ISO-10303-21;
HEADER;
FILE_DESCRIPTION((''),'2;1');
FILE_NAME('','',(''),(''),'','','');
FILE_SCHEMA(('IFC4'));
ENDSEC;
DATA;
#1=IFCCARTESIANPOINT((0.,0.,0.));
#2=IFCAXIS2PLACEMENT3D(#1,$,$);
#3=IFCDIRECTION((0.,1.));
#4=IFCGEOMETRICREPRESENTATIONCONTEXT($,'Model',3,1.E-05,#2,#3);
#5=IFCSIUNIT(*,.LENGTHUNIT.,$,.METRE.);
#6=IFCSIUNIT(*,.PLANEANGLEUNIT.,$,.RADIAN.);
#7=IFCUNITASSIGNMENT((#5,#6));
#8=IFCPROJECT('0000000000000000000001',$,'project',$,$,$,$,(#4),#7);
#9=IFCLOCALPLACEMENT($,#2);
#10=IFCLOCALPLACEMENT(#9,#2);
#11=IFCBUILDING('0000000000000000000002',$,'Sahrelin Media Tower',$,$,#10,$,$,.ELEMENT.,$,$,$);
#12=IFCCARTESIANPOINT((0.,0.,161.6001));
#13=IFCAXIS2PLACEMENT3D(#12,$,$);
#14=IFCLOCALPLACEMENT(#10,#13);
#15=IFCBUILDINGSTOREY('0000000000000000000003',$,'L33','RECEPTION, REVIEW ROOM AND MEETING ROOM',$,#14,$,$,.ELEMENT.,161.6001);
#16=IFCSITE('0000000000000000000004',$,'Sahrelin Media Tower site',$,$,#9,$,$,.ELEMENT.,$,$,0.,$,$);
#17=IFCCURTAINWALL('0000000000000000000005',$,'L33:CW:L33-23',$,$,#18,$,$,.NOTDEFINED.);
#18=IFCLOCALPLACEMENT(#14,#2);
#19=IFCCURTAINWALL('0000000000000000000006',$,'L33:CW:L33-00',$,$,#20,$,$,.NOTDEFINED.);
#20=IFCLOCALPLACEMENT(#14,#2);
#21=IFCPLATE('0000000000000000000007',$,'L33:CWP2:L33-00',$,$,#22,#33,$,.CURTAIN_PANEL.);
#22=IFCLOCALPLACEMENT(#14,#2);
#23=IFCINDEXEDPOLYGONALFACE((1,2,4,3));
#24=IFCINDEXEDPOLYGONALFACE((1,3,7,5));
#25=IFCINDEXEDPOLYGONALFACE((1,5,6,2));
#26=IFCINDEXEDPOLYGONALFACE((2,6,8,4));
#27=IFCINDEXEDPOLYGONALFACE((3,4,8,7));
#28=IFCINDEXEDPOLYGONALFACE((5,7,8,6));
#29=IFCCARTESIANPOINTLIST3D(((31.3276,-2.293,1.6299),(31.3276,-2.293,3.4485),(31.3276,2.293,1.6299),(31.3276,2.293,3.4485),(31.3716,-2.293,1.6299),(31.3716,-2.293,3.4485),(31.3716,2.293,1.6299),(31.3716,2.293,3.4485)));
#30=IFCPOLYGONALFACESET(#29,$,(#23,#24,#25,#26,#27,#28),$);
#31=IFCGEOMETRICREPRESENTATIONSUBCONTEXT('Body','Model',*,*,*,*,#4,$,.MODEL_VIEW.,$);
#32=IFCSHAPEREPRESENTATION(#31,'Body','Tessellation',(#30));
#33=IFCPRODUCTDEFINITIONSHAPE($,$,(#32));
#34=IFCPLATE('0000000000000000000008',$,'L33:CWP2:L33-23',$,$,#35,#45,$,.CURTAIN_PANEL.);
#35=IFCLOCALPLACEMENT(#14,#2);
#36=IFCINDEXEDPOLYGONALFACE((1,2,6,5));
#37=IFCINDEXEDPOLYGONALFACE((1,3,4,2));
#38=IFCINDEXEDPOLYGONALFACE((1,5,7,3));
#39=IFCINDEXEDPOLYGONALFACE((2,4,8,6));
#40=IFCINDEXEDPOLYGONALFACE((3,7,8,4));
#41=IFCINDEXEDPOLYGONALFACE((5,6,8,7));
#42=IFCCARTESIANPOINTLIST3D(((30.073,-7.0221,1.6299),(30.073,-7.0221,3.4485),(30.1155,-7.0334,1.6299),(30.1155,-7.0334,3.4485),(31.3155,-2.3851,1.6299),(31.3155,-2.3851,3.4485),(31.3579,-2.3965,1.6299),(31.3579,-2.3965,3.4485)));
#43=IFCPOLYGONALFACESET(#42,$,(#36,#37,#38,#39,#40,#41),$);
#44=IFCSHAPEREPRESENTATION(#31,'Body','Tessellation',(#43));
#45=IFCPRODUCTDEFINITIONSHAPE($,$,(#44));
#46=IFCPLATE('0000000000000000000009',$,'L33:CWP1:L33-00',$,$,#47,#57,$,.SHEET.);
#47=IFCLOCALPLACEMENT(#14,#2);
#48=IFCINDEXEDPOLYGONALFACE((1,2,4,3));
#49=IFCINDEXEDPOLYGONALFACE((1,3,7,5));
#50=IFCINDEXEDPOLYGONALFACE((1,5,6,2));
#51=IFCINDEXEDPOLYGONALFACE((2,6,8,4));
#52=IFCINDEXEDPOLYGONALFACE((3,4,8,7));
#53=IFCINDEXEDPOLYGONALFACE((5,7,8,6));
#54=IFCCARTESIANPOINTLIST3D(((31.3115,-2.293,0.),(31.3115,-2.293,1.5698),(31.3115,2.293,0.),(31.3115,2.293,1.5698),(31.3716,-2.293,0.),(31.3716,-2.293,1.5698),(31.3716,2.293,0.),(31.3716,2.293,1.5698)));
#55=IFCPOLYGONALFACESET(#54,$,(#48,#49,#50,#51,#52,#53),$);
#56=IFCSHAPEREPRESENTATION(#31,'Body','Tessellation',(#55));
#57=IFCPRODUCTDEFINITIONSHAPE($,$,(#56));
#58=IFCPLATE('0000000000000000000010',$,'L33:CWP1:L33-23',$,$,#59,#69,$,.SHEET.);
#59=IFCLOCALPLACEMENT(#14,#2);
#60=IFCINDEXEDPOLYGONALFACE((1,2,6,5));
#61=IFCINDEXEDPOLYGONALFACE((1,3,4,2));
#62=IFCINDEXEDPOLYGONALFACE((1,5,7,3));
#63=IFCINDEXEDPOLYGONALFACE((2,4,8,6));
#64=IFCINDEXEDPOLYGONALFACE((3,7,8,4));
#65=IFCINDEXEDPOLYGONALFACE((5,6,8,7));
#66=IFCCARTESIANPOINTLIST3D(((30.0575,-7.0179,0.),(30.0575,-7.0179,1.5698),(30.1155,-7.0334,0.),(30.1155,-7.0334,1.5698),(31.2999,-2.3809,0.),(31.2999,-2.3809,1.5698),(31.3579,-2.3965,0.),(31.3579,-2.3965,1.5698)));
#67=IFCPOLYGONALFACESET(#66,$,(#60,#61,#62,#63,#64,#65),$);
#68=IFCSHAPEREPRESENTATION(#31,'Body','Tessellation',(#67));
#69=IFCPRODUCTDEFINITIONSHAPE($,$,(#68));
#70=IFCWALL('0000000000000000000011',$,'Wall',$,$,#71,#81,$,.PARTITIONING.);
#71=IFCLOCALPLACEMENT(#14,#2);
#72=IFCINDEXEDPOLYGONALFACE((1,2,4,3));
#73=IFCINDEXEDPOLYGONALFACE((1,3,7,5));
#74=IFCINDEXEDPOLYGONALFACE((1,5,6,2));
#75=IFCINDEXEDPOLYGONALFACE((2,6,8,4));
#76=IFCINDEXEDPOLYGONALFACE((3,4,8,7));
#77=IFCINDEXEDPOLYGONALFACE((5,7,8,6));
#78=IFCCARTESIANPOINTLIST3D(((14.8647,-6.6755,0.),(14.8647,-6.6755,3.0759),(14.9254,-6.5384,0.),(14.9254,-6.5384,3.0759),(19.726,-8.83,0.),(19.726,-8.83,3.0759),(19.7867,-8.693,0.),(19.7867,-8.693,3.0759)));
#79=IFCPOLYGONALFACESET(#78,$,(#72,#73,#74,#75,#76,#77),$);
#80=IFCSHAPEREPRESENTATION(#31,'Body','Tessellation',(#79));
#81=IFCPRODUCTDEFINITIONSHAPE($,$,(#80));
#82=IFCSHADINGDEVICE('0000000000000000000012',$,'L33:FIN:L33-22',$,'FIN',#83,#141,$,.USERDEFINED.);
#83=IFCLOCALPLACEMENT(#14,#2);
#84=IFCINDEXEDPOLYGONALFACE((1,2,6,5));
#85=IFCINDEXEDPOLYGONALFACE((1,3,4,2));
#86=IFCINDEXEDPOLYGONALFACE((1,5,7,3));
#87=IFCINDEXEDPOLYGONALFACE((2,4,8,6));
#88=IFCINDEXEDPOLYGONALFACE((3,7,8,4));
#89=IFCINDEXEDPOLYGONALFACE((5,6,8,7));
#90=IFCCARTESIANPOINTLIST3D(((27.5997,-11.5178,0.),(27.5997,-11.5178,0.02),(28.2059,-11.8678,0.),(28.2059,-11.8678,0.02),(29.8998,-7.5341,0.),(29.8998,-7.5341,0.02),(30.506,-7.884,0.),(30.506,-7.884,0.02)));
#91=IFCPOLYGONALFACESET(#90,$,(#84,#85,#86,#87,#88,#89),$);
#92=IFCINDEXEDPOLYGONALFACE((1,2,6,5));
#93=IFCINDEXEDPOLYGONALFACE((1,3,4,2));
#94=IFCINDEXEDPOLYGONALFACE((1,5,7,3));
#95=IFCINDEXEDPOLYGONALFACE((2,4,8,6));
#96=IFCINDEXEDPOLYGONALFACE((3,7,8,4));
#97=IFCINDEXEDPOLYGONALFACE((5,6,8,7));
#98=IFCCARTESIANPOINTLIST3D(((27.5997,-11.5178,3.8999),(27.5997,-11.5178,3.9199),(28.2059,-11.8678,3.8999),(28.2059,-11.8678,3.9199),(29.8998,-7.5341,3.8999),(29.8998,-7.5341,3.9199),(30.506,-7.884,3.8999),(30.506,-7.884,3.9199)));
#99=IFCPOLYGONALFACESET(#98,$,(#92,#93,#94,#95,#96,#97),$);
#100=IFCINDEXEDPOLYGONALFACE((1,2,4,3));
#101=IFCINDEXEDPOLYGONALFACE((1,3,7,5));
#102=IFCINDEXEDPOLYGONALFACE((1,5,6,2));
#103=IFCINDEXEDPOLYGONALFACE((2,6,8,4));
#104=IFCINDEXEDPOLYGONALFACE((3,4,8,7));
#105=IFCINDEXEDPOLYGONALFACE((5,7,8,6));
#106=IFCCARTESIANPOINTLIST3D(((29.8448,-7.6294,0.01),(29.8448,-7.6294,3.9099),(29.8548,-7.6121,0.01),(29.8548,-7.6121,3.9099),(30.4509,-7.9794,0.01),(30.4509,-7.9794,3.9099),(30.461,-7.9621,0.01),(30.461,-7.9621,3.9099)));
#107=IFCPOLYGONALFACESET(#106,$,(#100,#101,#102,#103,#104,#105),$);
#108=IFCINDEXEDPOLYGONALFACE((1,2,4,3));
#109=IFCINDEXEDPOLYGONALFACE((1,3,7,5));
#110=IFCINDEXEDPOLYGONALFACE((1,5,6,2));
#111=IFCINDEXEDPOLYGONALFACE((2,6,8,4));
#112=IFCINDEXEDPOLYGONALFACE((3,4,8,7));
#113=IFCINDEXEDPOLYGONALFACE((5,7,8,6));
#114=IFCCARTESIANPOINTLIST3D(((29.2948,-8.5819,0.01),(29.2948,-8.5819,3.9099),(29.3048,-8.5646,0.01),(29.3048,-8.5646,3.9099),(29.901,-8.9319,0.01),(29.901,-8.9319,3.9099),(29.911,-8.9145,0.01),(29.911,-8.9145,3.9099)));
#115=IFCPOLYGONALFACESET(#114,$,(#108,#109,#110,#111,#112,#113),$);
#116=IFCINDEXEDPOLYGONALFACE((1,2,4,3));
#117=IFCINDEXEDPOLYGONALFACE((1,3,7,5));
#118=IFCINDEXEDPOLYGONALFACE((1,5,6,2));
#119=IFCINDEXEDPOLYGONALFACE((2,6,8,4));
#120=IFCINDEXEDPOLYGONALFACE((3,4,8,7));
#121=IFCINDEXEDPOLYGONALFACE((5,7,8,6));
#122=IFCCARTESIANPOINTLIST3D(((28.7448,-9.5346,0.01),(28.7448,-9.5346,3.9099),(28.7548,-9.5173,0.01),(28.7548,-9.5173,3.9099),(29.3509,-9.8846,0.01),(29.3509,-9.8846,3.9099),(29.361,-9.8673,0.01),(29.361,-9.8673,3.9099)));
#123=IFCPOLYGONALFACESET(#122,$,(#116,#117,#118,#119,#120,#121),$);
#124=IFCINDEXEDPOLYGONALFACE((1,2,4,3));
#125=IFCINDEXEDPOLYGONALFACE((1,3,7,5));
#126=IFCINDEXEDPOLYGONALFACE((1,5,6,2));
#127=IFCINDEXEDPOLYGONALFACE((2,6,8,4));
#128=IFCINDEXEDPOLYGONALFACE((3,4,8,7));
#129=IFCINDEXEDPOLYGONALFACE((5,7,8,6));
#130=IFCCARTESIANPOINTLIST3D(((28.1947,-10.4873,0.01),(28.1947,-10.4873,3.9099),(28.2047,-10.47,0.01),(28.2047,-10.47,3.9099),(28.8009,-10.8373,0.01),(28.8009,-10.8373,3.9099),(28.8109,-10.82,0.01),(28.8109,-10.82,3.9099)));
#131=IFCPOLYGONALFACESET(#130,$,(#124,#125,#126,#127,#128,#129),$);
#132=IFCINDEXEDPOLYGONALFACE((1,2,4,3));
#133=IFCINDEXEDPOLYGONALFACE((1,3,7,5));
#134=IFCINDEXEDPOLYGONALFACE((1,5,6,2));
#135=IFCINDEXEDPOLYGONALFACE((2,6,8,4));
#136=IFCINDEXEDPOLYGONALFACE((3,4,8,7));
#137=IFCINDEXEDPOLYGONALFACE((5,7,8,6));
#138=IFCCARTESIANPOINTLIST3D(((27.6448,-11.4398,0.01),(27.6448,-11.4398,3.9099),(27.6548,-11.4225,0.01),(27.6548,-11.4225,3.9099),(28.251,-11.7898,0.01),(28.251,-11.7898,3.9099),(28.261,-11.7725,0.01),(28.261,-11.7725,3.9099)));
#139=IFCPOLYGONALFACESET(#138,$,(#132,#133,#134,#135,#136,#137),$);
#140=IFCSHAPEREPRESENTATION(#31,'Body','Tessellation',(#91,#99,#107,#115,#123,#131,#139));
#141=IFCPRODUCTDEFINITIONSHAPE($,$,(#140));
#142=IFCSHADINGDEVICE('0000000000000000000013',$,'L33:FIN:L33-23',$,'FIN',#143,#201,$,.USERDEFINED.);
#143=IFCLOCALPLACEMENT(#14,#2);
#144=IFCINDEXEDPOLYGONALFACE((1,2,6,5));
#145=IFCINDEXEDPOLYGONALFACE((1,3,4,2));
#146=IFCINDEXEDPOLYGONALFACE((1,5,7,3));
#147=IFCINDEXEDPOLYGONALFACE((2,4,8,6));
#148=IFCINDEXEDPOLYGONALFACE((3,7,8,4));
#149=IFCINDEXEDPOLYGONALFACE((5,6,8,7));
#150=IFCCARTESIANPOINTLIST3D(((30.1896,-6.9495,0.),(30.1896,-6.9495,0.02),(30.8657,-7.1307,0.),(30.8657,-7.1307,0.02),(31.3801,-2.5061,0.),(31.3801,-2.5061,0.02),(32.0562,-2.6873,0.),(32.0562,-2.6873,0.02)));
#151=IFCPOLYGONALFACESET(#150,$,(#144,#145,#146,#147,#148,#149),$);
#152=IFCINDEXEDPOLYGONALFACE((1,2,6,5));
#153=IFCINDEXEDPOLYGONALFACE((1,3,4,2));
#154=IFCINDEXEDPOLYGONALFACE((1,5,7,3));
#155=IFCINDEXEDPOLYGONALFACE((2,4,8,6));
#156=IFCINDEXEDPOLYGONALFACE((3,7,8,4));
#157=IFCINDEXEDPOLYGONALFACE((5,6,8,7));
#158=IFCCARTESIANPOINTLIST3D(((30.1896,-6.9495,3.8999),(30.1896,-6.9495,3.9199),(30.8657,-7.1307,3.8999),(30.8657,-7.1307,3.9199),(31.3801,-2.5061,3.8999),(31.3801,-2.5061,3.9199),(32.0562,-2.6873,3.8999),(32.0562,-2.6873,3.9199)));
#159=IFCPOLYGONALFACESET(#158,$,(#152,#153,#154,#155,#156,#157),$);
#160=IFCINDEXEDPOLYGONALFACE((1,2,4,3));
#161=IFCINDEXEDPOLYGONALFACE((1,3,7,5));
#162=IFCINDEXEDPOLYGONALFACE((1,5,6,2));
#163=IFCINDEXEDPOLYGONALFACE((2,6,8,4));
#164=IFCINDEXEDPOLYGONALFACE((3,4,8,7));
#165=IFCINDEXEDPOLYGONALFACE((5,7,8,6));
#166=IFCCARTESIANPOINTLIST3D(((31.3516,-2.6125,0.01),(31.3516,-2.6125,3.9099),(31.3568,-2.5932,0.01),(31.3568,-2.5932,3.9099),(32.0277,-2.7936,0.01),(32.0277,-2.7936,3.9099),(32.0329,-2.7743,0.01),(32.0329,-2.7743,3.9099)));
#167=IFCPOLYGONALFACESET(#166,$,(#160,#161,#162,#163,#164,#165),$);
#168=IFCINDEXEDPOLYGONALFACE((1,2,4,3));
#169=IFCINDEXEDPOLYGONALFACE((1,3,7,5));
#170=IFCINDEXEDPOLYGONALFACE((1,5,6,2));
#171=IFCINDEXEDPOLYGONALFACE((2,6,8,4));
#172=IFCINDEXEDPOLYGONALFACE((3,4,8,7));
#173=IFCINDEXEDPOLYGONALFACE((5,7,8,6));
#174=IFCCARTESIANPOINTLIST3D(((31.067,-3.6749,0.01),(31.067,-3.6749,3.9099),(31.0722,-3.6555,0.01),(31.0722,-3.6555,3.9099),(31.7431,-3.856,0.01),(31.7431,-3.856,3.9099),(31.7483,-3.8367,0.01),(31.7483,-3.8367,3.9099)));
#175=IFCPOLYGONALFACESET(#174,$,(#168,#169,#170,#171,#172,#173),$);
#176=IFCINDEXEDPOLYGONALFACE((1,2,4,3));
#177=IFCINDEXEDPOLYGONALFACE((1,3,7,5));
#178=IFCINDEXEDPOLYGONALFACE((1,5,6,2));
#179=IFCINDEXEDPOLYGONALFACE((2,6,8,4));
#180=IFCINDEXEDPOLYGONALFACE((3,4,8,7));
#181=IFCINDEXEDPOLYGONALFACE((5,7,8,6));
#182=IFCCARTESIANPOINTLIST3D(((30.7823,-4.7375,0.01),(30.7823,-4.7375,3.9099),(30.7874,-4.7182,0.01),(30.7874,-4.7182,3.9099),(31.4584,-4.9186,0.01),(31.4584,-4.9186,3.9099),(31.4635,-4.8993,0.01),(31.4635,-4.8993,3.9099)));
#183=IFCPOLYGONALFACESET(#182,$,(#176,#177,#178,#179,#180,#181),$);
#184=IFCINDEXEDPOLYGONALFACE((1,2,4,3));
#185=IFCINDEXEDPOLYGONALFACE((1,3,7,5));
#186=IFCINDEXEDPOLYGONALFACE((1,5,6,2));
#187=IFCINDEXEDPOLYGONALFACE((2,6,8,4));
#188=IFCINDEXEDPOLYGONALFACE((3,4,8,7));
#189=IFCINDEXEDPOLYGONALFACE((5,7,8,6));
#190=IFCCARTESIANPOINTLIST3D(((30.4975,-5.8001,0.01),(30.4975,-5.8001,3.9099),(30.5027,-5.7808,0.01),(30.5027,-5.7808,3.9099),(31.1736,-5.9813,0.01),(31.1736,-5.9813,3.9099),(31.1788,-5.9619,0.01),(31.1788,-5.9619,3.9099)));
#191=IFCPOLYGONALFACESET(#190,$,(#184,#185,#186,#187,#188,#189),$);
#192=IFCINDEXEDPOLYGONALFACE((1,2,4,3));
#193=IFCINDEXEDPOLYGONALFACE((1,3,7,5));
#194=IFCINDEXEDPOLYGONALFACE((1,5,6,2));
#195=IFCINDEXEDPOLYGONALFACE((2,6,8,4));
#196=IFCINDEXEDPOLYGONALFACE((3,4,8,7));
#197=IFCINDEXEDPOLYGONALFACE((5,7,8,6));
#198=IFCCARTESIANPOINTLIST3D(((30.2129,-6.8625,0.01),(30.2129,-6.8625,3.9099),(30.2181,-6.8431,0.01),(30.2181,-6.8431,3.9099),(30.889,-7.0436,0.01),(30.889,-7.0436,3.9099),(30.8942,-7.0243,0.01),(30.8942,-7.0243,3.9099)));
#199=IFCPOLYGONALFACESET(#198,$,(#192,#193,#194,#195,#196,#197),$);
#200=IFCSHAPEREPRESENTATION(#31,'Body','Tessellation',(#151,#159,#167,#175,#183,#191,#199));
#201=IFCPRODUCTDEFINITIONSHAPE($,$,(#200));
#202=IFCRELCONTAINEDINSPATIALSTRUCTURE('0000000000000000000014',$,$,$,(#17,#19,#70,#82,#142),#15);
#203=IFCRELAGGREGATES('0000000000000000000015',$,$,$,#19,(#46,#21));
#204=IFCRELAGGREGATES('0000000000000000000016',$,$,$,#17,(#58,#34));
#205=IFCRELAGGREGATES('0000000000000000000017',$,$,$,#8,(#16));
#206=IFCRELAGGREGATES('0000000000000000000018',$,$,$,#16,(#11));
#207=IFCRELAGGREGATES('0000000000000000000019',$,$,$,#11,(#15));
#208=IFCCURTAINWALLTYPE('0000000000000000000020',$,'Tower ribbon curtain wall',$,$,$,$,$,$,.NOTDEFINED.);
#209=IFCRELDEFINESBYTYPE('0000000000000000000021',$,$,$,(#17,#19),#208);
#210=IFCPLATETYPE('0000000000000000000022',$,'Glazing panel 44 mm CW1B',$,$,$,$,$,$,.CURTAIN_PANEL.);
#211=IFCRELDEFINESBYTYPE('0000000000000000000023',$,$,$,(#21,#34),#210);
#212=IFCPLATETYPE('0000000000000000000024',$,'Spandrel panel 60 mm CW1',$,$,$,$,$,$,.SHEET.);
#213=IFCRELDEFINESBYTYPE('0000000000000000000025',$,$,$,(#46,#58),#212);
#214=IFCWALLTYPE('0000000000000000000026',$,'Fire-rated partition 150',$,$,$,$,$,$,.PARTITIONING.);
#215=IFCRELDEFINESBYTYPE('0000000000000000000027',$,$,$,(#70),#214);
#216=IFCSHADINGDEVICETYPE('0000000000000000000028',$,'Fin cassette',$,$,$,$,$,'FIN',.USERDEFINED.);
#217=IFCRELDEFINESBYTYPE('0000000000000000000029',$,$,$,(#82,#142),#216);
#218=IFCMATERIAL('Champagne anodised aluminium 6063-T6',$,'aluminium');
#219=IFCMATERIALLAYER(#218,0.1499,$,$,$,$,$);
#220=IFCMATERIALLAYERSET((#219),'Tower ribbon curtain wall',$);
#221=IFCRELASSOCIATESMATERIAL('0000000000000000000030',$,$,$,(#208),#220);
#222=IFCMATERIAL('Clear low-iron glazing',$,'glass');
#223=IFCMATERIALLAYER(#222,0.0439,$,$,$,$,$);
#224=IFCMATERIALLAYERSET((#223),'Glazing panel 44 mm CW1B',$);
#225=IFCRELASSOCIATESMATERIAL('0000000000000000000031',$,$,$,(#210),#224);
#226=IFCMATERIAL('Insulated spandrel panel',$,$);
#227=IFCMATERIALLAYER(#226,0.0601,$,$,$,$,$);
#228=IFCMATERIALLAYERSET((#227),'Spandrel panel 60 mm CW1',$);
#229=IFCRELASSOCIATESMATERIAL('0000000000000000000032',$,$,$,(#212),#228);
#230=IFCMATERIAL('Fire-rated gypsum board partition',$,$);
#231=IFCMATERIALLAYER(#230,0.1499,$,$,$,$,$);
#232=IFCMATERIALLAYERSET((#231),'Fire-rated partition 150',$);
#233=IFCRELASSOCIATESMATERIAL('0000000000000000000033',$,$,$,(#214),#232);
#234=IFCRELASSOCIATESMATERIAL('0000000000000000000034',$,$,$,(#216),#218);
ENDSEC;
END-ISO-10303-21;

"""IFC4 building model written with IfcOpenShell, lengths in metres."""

from ifc_helpers import new_model, si_unit, direction, frame, frame_2d, origin, origin_2d, place, context, subcontext, project, spatial, polyline, rectangle, outline, extrude, material, layer, layer_set, type_object, element, aggregate, save


model = new_model("IFC4")

# Units and contexts
model_context = context("Model", 3, precision=1e-05, world=origin(), true_north=direction((0.0, 1.0)))
body_context = subcontext(model_context, "Body", "Model", "MODEL_VIEW")
ifc_project = project(units=[si_unit("LENGTHUNIT", "METRE"), si_unit("PLANEANGLEUNIT", "RADIAN")], contexts=[model_context])

# Site, building, storey
site_placement = place(None, origin())
site = spatial("IfcSite", under=ifc_project, at=site_placement, Name="Sahrelin Media Tower site", CompositionType="ELEMENT", RefElevation=0.0)
building_placement = place(site_placement, origin())
building = spatial("IfcBuilding", under=site, at=building_placement, Name="Sahrelin Media Tower", CompositionType="ELEMENT")
storey_placement = place(building_placement, frame((0.0, 0.0, 161.6001)))
storey = spatial("IfcBuildingStorey", under=building, at=storey_placement, Name="L33", Description="RECEPTION, REVIEW ROOM AND MEETING ROOM", CompositionType="ELEMENT", Elevation=161.6001)

# Curtain wall
ifc_material_1 = material(Name="Champagne anodised aluminium 6063-T6", Category="aluminium")
ifc_layer_1 = layer(ifc_material_1, 0.1499)
ifc_layer_set_1 = layer_set([ifc_layer_1], Name="Tower ribbon curtain wall")
curtain_wall_type = type_object("IfcCurtainWallType", Name="Tower ribbon curtain wall", PredefinedType="NOTDEFINED", material=ifc_layer_set_1)
curtain_wall_1_placement = place(storey_placement, frame((30.7173, -4.7097, 0.0), z_axis=(0.0, 0.0, 1.0), x_axis=(1.0, 0.0, 0.0)))
curtain_wall_1 = element("IfcCurtainWall", 1, at=curtain_wall_1_placement, inside=storey, type_object=curtain_wall_type, Name="L33:CW:L33-23", PredefinedType="NOTDEFINED")

# Curtain wall
curtain_wall_2_placement = place(storey_placement, frame((31.3516, 0.0, 0.0), z_axis=(0.0, 0.0, 1.0), x_axis=(1.0, 0.0, 0.0)))
curtain_wall_2 = element("IfcCurtainWall", 2, at=curtain_wall_2_placement, inside=storey, type_object=curtain_wall_type, Name="L33:CW:L33-00", PredefinedType="NOTDEFINED")

# Plates
ifc_material_2 = material(Name="Clear low-iron glazing", Category="glass")
ifc_layer_2 = layer(ifc_material_2, 0.0439)
ifc_layer_set_2 = layer_set([ifc_layer_2], Name="Glazing panel 44 mm CW1B")
plate_type_1 = type_object("IfcPlateType", Name="Glazing panel 44 mm CW1B", PredefinedType="CURTAIN_PANEL", material=ifc_layer_set_2)
plate_1_placement = place(storey_placement, frame((31.3716, -2.293, 1.6299), z_axis=(1.0, 0.0, 0.0), x_axis=(0.0, 1.0, 0.0)))
plate_1 = element("IfcPlate", 3, at=plate_1_placement, type_object=plate_type_1, Name="L33:CWP2:L33-00", PredefinedType="CURTAIN_PANEL", context=body_context, shape_type="SweptSolid", body=[
    extrude(outline(polyline([(0.0, 0.0), (4.5859, 0.0), (4.5859, 1.8186), (0.0, 1.8186), (0.0, 0.0)])), origin(), (0.0, 0.0, -1.0), 0.0439),
])
plate_2_placement = place(storey_placement, frame((30.1155, -7.0334, 1.6299), z_axis=(0.965928, -0.258811, 0.0), x_axis=(0.258811, 0.965928, 0.0)))
plate_2 = element("IfcPlate", 4, at=plate_2_placement, type_object=plate_type_1, Name="L33:CWP2:L33-23", PredefinedType="CURTAIN_PANEL", context=body_context, shape_type="SweptSolid", body=[
    extrude(outline(polyline([(0.0, 0.0), (4.8005, 0.0), (4.8005, 1.8186), (0.0, 1.8186), (0.0, 0.0)])), origin(), (0.0, 0.0, -1.0), 0.0439),
])
ifc_material_3 = material(Name="Insulated spandrel panel")
ifc_layer_3 = layer(ifc_material_3, 0.0601)
ifc_layer_set_3 = layer_set([ifc_layer_3], Name="Spandrel panel 60 mm CW1")
plate_type_2 = type_object("IfcPlateType", Name="Spandrel panel 60 mm CW1", PredefinedType="SHEET", material=ifc_layer_set_3)
plate_3_placement = place(storey_placement, frame((31.3716, -2.293, 0.0), z_axis=(1.0, 0.0, 0.0), x_axis=(0.0, 1.0, 0.0)))
plate_3 = element("IfcPlate", 5, at=plate_3_placement, type_object=plate_type_2, Name="L33:CWP1:L33-00", PredefinedType="SHEET", context=body_context, shape_type="SweptSolid", body=[
    extrude(outline(polyline([(0.0, 0.0), (4.5859, 0.0), (4.5859, 1.5698), (0.0, 1.5698), (0.0, 0.0)])), origin(), (0.0, 0.0, -1.0), 0.0601),
])
aggregate(curtain_wall_2, [plate_3, plate_1])
plate_4_placement = place(storey_placement, frame((30.1155, -7.0334, 0.0), z_axis=(0.965928, -0.258811, 0.0), x_axis=(0.258811, 0.965928, 0.0)))
plate_4 = element("IfcPlate", 6, at=plate_4_placement, type_object=plate_type_2, Name="L33:CWP1:L33-23", PredefinedType="SHEET", context=body_context, shape_type="SweptSolid", body=[
    extrude(outline(polyline([(0.0, 0.0), (4.8005, 0.0), (4.8005, 1.5698), (0.0, 1.5698), (0.0, 0.0)])), origin(), (0.0, 0.0, -1.0), 0.0601),
])
aggregate(curtain_wall_1, [plate_4, plate_2])

# Wall
ifc_material_4 = material(Name="Fire-rated gypsum board partition")
ifc_layer_4 = layer(ifc_material_4, 0.1499)
ifc_layer_set_4 = layer_set([ifc_layer_4], Name="Fire-rated partition 150")
wall_type = type_object("IfcWallType", Name="Fire-rated partition 150", PredefinedType="PARTITIONING", material=ifc_layer_set_4)
wall_placement = place(storey_placement, frame((14.895, -6.6069, 0.0), z_axis=(0.0, 0.0, 1.0), x_axis=(0.914233, -0.405188, 0.0)))
element("IfcWall", 7, at=wall_placement, inside=storey, type_object=wall_type, Name="Wall", PredefinedType="PARTITIONING", context=body_context, shape_type="SweptSolid", body=[
    extrude(rectangle(XDim=5.3174, YDim=0.1499, at=frame_2d((2.6587, 0.0))), origin(), (0.0, 0.0, 1.0), 3.0759),
])

# Shading devices
shading_device_type_1 = type_object("IfcShadingDeviceType", Name="Fin cassette", ElementType="FIN", PredefinedType="USERDEFINED", material=ifc_material_1)
placement_1 = place(storey_placement, frame((28.6892, -9.491, 0.0), z_axis=(0.0, 0.0, 1.0), x_axis=(-0.500011, -0.866019, 0.0)))
element("IfcShadingDevice", 8, at=placement_1, inside=storey, type_object=shading_device_type_1, Name="L33:FIN:L33-22", ObjectType="FIN", PredefinedType="USERDEFINED", context=body_context, shape_type="SweptSolid", body=[
    extrude(rectangle(XDim=4.6001, YDim=0.7, at=origin_2d()), frame((0.0, 0.4199, 0.0)), (0.0, 0.0, 1.0), 0.02),
    extrude(rectangle(XDim=4.6001, YDim=0.7, at=origin_2d()), frame((0.0, 0.4199, 3.8999)), (0.0, 0.0, 1.0), 0.02),
    extrude(rectangle(XDim=0.02, YDim=0.7, at=origin_2d()), frame((-2.2, 0.4199, 0.01), z_axis=(0.0, 0.0, 1.0), x_axis=(1.0, 0.0, 0.0)), (0.0, 0.0, 1.0), 3.8999),
    extrude(rectangle(XDim=0.02, YDim=0.7, at=origin_2d()), frame((-1.1001, 0.4199, 0.01), z_axis=(0.0, 0.0, 1.0), x_axis=(1.0, 0.0, 0.0)), (0.0, 0.0, 1.0), 3.8999),
    extrude(rectangle(XDim=0.02, YDim=0.7, at=origin_2d()), frame((0.0, 0.4199, 0.01), z_axis=(0.0, 0.0, 1.0), x_axis=(1.0, 0.0, 0.0)), (0.0, 0.0, 1.0), 3.8999),
    extrude(rectangle(XDim=0.02, YDim=0.7, at=origin_2d()), frame((1.1001, 0.4199, 0.01), z_axis=(0.0, 0.0, 1.0), x_axis=(1.0, 0.0, 0.0)), (0.0, 0.0, 1.0), 3.8999),
    extrude(rectangle(XDim=0.02, YDim=0.7, at=origin_2d()), frame((2.2, 0.4199, 0.01), z_axis=(0.0, 0.0, 1.0), x_axis=(1.0, 0.0, 0.0)), (0.0, 0.0, 1.0), 3.8999),
])
placement_2 = place(storey_placement, frame((30.7173, -4.7097, 0.0), z_axis=(0.0, 0.0, 1.0), x_axis=(-0.258808, -0.965929, 0.0)))
element("IfcShadingDevice", 9, at=placement_2, inside=storey, type_object=shading_device_type_1, Name="L33:FIN:L33-23", ObjectType="FIN", PredefinedType="USERDEFINED", context=body_context, shape_type="SweptSolid", body=[
    extrude(rectangle(XDim=4.6001, YDim=0.7, at=origin_2d()), frame((0.0, 0.4199, 0.0)), (0.0, 0.0, 1.0), 0.02),
    extrude(rectangle(XDim=4.6001, YDim=0.7, at=origin_2d()), frame((0.0, 0.4199, 3.8999)), (0.0, 0.0, 1.0), 0.02),
    extrude(rectangle(XDim=0.02, YDim=0.7, at=origin_2d()), frame((-2.2, 0.4199, 0.01), z_axis=(0.0, 0.0, 1.0), x_axis=(1.0, 0.0, 0.0)), (0.0, 0.0, 1.0), 3.8999),
    extrude(rectangle(XDim=0.02, YDim=0.7, at=origin_2d()), frame((-1.1001, 0.4199, 0.01), z_axis=(0.0, 0.0, 1.0), x_axis=(1.0, 0.0, 0.0)), (0.0, 0.0, 1.0), 3.8999),
    extrude(rectangle(XDim=0.02, YDim=0.7, at=origin_2d()), frame((0.0, 0.4199, 0.01), z_axis=(0.0, 0.0, 1.0), x_axis=(1.0, 0.0, 0.0)), (0.0, 0.0, 1.0), 3.8999),
    extrude(rectangle(XDim=0.02, YDim=0.7, at=origin_2d()), frame((1.1001, 0.4199, 0.01), z_axis=(0.0, 0.0, 1.0), x_axis=(1.0, 0.0, 0.0)), (0.0, 0.0, 1.0), 3.8999),
    extrude(rectangle(XDim=0.02, YDim=0.7, at=origin_2d()), frame((2.2, 0.4199, 0.01), z_axis=(0.0, 0.0, 1.0), x_axis=(1.0, 0.0, 0.0)), (0.0, 0.0, 1.0), 3.8999),
])

save(model, "model.ifc")
